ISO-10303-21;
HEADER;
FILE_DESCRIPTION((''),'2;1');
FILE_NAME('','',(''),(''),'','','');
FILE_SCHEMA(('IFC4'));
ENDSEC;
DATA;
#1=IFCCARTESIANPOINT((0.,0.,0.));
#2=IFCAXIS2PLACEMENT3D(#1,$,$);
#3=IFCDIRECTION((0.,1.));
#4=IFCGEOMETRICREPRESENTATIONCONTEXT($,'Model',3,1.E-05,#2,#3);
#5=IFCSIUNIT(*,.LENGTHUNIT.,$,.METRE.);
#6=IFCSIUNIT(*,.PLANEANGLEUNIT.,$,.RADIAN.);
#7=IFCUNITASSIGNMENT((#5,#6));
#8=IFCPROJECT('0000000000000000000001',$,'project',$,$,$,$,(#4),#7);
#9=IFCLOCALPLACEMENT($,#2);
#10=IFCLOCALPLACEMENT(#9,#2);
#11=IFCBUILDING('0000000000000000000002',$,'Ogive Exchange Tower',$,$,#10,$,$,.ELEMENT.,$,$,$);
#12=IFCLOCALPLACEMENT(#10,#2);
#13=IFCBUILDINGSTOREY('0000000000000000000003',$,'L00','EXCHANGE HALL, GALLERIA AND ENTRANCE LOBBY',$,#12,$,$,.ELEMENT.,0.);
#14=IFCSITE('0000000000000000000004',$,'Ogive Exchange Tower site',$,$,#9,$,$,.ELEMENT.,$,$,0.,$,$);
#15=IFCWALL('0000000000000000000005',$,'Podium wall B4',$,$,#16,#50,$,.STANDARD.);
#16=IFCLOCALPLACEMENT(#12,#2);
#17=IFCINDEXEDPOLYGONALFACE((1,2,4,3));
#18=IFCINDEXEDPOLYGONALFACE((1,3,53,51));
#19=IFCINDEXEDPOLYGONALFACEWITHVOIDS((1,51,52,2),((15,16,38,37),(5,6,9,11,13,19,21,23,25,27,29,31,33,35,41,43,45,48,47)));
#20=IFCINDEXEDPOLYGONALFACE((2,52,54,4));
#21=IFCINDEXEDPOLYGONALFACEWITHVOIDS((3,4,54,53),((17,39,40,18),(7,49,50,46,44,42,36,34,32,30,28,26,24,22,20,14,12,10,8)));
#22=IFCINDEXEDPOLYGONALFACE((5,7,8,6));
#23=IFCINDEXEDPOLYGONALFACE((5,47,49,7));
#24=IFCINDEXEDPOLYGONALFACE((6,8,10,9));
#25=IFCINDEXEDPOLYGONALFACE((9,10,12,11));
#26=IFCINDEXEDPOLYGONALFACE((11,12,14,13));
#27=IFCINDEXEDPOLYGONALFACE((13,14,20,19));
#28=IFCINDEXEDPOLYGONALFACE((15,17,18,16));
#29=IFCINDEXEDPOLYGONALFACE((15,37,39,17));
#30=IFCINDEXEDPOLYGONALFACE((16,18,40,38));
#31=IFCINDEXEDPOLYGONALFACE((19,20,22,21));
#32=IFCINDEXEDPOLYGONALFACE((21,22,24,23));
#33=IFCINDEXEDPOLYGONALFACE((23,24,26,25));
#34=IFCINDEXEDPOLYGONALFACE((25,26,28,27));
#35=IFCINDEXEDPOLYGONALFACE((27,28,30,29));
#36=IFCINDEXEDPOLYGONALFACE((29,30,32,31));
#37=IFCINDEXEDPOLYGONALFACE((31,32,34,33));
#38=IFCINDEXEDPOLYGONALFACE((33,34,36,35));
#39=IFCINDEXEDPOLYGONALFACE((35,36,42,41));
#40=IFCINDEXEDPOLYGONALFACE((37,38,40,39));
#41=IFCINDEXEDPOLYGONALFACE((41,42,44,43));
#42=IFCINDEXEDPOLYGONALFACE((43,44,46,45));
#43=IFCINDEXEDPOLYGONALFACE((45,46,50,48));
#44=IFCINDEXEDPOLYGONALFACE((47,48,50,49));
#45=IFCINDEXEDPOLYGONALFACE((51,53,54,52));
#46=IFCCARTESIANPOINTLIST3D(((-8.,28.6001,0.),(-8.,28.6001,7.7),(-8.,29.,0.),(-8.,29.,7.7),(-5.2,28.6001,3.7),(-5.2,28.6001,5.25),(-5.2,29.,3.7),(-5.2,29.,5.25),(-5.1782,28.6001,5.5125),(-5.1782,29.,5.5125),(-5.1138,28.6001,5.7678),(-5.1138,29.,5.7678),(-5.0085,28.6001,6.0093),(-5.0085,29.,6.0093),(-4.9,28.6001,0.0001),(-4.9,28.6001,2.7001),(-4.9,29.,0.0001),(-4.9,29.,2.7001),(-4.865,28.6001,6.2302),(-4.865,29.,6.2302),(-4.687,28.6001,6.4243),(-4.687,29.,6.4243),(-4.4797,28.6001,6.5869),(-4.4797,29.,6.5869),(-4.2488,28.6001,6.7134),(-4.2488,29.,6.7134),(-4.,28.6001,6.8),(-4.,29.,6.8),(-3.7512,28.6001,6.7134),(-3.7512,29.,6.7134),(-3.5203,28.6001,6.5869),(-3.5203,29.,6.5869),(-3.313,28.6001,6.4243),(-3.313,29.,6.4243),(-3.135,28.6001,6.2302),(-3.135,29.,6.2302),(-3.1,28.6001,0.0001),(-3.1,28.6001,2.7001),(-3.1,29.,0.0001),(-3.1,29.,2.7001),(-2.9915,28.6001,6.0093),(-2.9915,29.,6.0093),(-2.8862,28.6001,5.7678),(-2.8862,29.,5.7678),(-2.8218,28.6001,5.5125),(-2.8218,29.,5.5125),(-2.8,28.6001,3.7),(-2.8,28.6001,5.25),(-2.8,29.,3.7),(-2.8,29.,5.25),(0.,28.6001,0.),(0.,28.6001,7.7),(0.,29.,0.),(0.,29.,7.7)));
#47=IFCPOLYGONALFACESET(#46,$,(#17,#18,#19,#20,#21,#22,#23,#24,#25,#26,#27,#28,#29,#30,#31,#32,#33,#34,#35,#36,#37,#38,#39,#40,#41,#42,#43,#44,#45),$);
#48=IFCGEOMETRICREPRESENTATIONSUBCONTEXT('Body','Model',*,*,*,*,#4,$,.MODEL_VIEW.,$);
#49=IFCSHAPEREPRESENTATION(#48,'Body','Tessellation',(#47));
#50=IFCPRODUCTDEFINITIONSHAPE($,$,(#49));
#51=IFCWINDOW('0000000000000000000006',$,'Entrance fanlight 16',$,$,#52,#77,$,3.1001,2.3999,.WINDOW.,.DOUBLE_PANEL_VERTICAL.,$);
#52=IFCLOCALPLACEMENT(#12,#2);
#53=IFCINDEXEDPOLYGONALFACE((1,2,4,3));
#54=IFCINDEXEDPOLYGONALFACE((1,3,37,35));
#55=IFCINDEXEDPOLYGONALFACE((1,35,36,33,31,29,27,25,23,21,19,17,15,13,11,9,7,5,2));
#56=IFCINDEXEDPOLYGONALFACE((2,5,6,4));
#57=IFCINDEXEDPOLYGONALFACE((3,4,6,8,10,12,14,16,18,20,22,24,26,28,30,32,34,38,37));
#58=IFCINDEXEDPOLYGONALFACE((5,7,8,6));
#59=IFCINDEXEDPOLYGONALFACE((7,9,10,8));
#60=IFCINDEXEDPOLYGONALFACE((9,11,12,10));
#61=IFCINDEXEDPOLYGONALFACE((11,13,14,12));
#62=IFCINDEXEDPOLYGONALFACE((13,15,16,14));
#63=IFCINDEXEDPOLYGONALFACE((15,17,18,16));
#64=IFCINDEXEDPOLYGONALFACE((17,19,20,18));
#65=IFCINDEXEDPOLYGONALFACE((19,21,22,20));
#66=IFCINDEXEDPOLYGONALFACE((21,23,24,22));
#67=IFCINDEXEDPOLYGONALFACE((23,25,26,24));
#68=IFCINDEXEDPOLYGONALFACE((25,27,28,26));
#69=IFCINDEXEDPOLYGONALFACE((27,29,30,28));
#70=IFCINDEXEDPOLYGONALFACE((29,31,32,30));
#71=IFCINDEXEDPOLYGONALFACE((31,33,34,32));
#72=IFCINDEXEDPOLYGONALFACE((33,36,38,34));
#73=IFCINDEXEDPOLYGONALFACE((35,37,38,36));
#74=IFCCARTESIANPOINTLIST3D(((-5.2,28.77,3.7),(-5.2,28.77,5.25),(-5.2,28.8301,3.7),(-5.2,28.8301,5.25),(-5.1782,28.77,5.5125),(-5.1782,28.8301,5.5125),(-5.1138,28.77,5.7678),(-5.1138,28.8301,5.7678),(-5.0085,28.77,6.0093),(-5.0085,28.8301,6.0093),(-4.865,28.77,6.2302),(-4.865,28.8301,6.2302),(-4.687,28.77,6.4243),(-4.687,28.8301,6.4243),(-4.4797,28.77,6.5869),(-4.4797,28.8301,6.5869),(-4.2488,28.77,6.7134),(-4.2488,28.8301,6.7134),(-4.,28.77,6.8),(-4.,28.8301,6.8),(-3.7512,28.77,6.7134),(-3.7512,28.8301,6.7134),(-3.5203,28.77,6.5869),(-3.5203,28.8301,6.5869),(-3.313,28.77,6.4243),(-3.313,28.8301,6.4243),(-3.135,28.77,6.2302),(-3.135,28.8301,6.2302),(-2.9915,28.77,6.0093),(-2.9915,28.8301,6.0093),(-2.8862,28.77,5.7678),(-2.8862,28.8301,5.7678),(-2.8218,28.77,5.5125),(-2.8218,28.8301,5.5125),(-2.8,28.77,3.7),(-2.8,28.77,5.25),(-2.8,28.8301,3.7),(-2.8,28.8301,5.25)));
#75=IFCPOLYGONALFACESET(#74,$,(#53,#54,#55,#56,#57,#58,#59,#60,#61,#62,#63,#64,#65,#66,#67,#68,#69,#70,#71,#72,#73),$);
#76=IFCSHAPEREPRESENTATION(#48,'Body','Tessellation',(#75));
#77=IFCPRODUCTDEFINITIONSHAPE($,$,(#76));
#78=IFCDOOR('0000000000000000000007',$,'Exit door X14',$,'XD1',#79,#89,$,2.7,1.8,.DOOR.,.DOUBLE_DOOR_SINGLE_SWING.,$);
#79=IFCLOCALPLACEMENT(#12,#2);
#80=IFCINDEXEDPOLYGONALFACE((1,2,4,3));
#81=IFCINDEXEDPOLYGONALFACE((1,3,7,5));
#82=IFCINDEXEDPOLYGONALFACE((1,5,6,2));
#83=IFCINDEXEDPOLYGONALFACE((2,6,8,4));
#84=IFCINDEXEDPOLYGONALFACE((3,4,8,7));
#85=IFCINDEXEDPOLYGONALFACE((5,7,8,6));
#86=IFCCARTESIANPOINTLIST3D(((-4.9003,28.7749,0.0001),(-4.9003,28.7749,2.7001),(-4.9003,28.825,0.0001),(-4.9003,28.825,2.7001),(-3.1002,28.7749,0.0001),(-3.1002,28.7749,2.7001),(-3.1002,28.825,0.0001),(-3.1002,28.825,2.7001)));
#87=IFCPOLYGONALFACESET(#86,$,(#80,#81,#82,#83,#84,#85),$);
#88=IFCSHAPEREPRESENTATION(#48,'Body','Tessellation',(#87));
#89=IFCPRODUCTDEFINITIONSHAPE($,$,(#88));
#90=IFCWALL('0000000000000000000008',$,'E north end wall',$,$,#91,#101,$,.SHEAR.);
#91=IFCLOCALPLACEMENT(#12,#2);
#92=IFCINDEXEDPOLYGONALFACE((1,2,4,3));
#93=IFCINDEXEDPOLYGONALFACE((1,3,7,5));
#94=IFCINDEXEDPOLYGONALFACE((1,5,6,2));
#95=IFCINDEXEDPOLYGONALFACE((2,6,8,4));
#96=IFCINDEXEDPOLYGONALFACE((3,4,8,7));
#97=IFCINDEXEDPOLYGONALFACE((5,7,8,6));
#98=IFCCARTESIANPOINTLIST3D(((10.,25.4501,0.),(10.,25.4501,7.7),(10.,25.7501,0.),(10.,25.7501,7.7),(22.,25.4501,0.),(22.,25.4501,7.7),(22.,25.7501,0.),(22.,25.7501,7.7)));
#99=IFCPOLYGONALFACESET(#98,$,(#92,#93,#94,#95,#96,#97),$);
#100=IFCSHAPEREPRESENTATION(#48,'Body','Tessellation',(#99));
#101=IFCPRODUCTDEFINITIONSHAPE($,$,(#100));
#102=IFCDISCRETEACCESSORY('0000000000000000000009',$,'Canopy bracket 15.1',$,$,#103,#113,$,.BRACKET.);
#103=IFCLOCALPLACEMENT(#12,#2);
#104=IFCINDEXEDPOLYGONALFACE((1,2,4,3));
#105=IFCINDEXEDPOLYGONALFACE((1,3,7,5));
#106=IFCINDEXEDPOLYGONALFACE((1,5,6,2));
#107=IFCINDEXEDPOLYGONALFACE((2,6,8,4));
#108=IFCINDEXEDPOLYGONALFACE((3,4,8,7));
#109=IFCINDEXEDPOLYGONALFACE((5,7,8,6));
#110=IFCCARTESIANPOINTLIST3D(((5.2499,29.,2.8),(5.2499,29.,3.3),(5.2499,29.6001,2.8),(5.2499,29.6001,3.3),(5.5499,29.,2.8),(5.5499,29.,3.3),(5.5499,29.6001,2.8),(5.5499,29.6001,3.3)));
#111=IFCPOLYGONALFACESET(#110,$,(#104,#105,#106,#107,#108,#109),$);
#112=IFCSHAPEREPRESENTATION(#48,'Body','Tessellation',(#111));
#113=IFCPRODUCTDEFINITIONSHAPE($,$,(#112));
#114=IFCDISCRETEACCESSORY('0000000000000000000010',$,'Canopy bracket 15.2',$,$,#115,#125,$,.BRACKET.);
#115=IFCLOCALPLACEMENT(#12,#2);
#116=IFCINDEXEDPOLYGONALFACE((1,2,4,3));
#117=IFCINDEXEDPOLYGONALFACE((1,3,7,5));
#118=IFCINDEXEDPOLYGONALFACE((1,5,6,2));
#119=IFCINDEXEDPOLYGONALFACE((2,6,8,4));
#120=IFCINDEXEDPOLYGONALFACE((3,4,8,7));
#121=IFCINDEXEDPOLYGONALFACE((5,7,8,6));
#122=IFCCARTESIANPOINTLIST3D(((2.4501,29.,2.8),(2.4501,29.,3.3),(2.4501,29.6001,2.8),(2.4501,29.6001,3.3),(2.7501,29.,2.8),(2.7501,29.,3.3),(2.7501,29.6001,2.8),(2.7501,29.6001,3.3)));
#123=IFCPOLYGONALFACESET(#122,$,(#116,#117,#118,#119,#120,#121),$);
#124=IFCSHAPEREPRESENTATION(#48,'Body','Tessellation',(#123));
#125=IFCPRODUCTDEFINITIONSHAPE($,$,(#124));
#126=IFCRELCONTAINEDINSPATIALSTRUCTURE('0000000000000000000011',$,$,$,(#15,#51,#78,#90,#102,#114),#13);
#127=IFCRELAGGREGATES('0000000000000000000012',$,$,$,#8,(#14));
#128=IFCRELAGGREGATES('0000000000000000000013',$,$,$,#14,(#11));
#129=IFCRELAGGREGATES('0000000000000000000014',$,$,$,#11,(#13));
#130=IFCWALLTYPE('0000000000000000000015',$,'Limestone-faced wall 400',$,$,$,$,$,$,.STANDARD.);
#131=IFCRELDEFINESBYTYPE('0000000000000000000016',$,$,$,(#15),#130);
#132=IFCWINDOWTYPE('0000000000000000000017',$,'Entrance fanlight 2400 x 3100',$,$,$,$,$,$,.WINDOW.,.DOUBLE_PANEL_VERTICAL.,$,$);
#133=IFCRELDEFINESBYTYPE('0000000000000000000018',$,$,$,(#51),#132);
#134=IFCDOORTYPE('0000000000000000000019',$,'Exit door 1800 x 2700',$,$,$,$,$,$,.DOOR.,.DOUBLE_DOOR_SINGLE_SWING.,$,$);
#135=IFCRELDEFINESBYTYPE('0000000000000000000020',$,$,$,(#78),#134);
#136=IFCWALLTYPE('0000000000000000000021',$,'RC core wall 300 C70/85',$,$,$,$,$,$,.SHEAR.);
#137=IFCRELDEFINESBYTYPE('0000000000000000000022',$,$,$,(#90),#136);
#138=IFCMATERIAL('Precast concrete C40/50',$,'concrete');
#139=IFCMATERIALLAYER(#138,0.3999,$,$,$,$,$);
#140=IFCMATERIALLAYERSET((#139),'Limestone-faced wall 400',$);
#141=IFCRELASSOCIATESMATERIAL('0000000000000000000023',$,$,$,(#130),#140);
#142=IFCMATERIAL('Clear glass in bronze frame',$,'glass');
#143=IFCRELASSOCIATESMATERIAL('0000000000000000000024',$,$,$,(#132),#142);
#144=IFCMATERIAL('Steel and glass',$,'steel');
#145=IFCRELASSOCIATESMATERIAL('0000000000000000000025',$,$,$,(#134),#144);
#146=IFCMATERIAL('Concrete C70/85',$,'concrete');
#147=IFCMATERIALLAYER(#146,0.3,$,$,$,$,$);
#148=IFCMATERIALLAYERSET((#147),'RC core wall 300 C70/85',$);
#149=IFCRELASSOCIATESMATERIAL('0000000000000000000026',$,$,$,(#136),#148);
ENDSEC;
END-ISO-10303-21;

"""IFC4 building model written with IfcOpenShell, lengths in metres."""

from ifc_helpers import new_model, si_unit, direction, frame, frame_2d, origin, origin_2d, place, context, subcontext, project, spatial, polyline, rectangle, outline, extrude, material, layer, layer_set, type_object, element, fill, save


model = new_model("IFC4")

# Units and contexts
model_context = context("Model", 3, precision=1e-05, world=origin(), true_north=direction((0.0, 1.0)))
body_context = subcontext(model_context, "Body", "Model", "MODEL_VIEW")
ifc_project = project(units=[si_unit("LENGTHUNIT", "METRE"), si_unit("PLANEANGLEUNIT", "RADIAN")], contexts=[model_context])

# Site, building, storey
site_placement = place(None, origin())
site = spatial("IfcSite", under=ifc_project, at=site_placement, Name="Ogive Exchange Tower site", CompositionType="ELEMENT", RefElevation=0.0)
building_placement = place(site_placement, origin())
building = spatial("IfcBuilding", under=site, at=building_placement, Name="Ogive Exchange Tower", CompositionType="ELEMENT")
storey_placement = place(building_placement, origin())
storey = spatial("IfcBuildingStorey", under=building, at=storey_placement, Name="L00", Description="EXCHANGE HALL, GALLERIA AND ENTRANCE LOBBY", CompositionType="ELEMENT", Elevation=0.0)

# Shared definitions
ifc_material_1 = material(Name="Concrete C70/85", Category="concrete")

# Shared definitions
ifc_material_2 = material(Name="Precast concrete C40/50", Category="concrete")

# Wall, openings, window, door
ifc_layer_1 = layer(ifc_material_2, 0.3999)
ifc_layer_set_1 = layer_set([ifc_layer_1], Name="Limestone-faced wall 400")
wall_type_1 = type_object("IfcWallType", Name="Limestone-faced wall 400", PredefinedType="STANDARD", material=ifc_layer_set_1)
ifc_material_3 = material(Name="Clear glass in bronze frame", Category="glass")
window_type = type_object("IfcWindowType", Name="Entrance fanlight 2400 x 3100", PartitioningType="DOUBLE_PANEL_VERTICAL", PredefinedType="WINDOW", material=ifc_material_3)
ifc_material_4 = material(Name="Steel and glass", Category="steel")
door_type = type_object("IfcDoorType", Name="Exit door 1800 x 2700", OperationType="DOUBLE_DOOR_SINGLE_SWING", PredefinedType="DOOR", material=ifc_material_4)
wall_1_placement = place(storey_placement, frame((0.0, 28.8, 0.0), z_axis=(0.0, 0.0, 1.0), x_axis=(-1.0, 0.0, 0.0)))
wall_1 = element("IfcWall", 1, at=wall_1_placement, inside=storey, type_object=wall_type_1, Name="Podium wall B4", PredefinedType="STANDARD", context=body_context, shape_type="SweptSolid", body=[
    extrude(rectangle(XDim=8.0, YDim=0.3999, at=frame_2d((4.0, 0.0))), origin(), (0.0, 0.0, 1.0), 7.7),
])
opening_1_placement = place(wall_1_placement, frame((3.1001, 0.0, 0.0)))
opening_1 = element("IfcOpeningElement", 2, at=opening_1_placement, cuts=wall_1, PredefinedType="OPENING", context=body_context, shape_type="SweptSolid", body=[
    extrude(rectangle(XDim=1.8, YDim=2.7, at=frame_2d((0.8999, 1.3501))), frame((0.0, 0.21, 0.0), z_axis=(0.0, -1.0, 0.0), x_axis=(1.0, 0.0, 0.0)), (0.0, 0.0, 1.0), 0.4199),
])
opening_2_placement = place(wall_1_placement, frame((2.8, 0.0, 3.7)))
opening_2 = element("IfcOpeningElement", 3, at=opening_2_placement, cuts=wall_1, PredefinedType="OPENING", context=body_context, shape_type="SweptSolid", body=[
    extrude(outline(polyline([(0.0, 0.0), (2.3999, 0.0), (2.3999, 1.55), (2.3782, 1.8125), (2.3137, 2.0679), (2.2085, 2.3093), (2.0649, 2.5303), (1.887, 2.7244), (1.6797, 2.887), (1.4487, 3.0134), (1.2, 3.1001), (0.9512, 3.0134), (0.7202, 2.887), (0.5129, 2.7244), (0.335, 2.5303), (0.1914, 2.3093), (0.0862, 2.0679), (0.0217, 1.8125), (0.0, 1.55), (0.0, 0.0)])), frame((0.0, 0.21, 0.0), z_axis=(0.0, -1.0, 0.0), x_axis=(1.0, 0.0, 0.0)), (0.0, 0.0, 1.0), 0.4199),
])
window_1_placement = place(opening_2_placement, origin())
window_1 = element("IfcWindow", 4, at=window_1_placement, inside=storey, type_object=window_type, Name="Entrance fanlight 16", OverallHeight=3.1001, OverallWidth=2.3999, PartitioningType="DOUBLE_PANEL_VERTICAL", PredefinedType="WINDOW", context=body_context, shape_type="SweptSolid", body=[
    extrude(outline(polyline([(0.0, 0.0), (2.3999, 0.0), (2.3999, 1.55), (2.3782, 1.8125), (2.3137, 2.0679), (2.2085, 2.3093), (2.0649, 2.5303), (1.887, 2.7244), (1.6797, 2.887), (1.4487, 3.0134), (1.2, 3.1001), (0.9512, 3.0134), (0.7202, 2.887), (0.5129, 2.7244), (0.335, 2.5303), (0.1914, 2.3093), (0.0862, 2.0679), (0.0217, 1.8125), (0.0, 1.55), (0.0, 0.0)])), frame((0.0, 0.03, 0.0), z_axis=(0.0, -1.0, 0.0), x_axis=(1.0, 0.0, 0.0)), (0.0, 0.0, 1.0), 0.0601),
])
fill(opening_2, window_1)
door_1_placement = place(opening_1_placement, frame((1.8, 0.0, 0.0), z_axis=(0.0, 0.0, 1.0), x_axis=(-1.0, 0.0, 0.0)))
door_1 = element("IfcDoor", 5, at=door_1_placement, inside=storey, type_object=door_type, Name="Exit door X14", ObjectType="XD1", OperationType="DOUBLE_DOOR_SINGLE_SWING", OverallHeight=2.7, OverallWidth=1.8, PredefinedType="DOOR", context=body_context, shape_type="SweptSolid", body=[
    extrude(rectangle(XDim=1.8, YDim=2.7, at=frame_2d((0.8999, 1.3501))), frame((0.0, 0.0249, 0.0), z_axis=(0.0, -1.0, 0.0), x_axis=(1.0, 0.0, 0.0)), (0.0, 0.0, 1.0), 0.05),
])
fill(opening_1, door_1)

# Wall
ifc_layer_2 = layer(ifc_material_1, 0.3)
ifc_layer_set_2 = layer_set([ifc_layer_2], Name="RC core wall 300 C70/85")
wall_type_2 = type_object("IfcWallType", Name="RC core wall 300 C70/85", PredefinedType="SHEAR", material=ifc_layer_set_2)
wall_2_placement = place(storey_placement, frame((10.0, 25.6001, 0.0), z_axis=(0.0, 0.0, 1.0), x_axis=(1.0, 0.0, 0.0)))
element("IfcWall", 6, at=wall_2_placement, inside=storey, type_object=wall_type_2, Name="E north end wall", PredefinedType="SHEAR", context=body_context, shape_type="SweptSolid", body=[
    extrude(rectangle(XDim=12.0, YDim=0.3, at=frame_2d((6.0, 0.0))), origin(), (0.0, 0.0, 1.0), 7.7),
])

# Discrete accessories
for number, where, z_axis, x_axis, name in (
    (7, (5.3999, 29.3, 2.8), (0.0, 0.0, 1.0), (-1.0, 0.0, 0.0), "Canopy bracket 15.1"),
    (8, (2.6001, 29.3, 2.8), (0.0, 0.0, 1.0), (-1.0, 0.0, 0.0), "Canopy bracket 15.2"),
):
    element("IfcDiscreteAccessory", number, at=place(storey_placement, frame(where, z_axis=z_axis, x_axis=x_axis)), inside=storey, Name=name, PredefinedType="BRACKET", context=body_context, shape_type="SweptSolid", body=[
        extrude(rectangle(XDim=0.3, YDim=0.6001, at=origin_2d()), origin(), (0.0, 0.0, 1.0), 0.5),
    ])

save(model, "model.ifc")
